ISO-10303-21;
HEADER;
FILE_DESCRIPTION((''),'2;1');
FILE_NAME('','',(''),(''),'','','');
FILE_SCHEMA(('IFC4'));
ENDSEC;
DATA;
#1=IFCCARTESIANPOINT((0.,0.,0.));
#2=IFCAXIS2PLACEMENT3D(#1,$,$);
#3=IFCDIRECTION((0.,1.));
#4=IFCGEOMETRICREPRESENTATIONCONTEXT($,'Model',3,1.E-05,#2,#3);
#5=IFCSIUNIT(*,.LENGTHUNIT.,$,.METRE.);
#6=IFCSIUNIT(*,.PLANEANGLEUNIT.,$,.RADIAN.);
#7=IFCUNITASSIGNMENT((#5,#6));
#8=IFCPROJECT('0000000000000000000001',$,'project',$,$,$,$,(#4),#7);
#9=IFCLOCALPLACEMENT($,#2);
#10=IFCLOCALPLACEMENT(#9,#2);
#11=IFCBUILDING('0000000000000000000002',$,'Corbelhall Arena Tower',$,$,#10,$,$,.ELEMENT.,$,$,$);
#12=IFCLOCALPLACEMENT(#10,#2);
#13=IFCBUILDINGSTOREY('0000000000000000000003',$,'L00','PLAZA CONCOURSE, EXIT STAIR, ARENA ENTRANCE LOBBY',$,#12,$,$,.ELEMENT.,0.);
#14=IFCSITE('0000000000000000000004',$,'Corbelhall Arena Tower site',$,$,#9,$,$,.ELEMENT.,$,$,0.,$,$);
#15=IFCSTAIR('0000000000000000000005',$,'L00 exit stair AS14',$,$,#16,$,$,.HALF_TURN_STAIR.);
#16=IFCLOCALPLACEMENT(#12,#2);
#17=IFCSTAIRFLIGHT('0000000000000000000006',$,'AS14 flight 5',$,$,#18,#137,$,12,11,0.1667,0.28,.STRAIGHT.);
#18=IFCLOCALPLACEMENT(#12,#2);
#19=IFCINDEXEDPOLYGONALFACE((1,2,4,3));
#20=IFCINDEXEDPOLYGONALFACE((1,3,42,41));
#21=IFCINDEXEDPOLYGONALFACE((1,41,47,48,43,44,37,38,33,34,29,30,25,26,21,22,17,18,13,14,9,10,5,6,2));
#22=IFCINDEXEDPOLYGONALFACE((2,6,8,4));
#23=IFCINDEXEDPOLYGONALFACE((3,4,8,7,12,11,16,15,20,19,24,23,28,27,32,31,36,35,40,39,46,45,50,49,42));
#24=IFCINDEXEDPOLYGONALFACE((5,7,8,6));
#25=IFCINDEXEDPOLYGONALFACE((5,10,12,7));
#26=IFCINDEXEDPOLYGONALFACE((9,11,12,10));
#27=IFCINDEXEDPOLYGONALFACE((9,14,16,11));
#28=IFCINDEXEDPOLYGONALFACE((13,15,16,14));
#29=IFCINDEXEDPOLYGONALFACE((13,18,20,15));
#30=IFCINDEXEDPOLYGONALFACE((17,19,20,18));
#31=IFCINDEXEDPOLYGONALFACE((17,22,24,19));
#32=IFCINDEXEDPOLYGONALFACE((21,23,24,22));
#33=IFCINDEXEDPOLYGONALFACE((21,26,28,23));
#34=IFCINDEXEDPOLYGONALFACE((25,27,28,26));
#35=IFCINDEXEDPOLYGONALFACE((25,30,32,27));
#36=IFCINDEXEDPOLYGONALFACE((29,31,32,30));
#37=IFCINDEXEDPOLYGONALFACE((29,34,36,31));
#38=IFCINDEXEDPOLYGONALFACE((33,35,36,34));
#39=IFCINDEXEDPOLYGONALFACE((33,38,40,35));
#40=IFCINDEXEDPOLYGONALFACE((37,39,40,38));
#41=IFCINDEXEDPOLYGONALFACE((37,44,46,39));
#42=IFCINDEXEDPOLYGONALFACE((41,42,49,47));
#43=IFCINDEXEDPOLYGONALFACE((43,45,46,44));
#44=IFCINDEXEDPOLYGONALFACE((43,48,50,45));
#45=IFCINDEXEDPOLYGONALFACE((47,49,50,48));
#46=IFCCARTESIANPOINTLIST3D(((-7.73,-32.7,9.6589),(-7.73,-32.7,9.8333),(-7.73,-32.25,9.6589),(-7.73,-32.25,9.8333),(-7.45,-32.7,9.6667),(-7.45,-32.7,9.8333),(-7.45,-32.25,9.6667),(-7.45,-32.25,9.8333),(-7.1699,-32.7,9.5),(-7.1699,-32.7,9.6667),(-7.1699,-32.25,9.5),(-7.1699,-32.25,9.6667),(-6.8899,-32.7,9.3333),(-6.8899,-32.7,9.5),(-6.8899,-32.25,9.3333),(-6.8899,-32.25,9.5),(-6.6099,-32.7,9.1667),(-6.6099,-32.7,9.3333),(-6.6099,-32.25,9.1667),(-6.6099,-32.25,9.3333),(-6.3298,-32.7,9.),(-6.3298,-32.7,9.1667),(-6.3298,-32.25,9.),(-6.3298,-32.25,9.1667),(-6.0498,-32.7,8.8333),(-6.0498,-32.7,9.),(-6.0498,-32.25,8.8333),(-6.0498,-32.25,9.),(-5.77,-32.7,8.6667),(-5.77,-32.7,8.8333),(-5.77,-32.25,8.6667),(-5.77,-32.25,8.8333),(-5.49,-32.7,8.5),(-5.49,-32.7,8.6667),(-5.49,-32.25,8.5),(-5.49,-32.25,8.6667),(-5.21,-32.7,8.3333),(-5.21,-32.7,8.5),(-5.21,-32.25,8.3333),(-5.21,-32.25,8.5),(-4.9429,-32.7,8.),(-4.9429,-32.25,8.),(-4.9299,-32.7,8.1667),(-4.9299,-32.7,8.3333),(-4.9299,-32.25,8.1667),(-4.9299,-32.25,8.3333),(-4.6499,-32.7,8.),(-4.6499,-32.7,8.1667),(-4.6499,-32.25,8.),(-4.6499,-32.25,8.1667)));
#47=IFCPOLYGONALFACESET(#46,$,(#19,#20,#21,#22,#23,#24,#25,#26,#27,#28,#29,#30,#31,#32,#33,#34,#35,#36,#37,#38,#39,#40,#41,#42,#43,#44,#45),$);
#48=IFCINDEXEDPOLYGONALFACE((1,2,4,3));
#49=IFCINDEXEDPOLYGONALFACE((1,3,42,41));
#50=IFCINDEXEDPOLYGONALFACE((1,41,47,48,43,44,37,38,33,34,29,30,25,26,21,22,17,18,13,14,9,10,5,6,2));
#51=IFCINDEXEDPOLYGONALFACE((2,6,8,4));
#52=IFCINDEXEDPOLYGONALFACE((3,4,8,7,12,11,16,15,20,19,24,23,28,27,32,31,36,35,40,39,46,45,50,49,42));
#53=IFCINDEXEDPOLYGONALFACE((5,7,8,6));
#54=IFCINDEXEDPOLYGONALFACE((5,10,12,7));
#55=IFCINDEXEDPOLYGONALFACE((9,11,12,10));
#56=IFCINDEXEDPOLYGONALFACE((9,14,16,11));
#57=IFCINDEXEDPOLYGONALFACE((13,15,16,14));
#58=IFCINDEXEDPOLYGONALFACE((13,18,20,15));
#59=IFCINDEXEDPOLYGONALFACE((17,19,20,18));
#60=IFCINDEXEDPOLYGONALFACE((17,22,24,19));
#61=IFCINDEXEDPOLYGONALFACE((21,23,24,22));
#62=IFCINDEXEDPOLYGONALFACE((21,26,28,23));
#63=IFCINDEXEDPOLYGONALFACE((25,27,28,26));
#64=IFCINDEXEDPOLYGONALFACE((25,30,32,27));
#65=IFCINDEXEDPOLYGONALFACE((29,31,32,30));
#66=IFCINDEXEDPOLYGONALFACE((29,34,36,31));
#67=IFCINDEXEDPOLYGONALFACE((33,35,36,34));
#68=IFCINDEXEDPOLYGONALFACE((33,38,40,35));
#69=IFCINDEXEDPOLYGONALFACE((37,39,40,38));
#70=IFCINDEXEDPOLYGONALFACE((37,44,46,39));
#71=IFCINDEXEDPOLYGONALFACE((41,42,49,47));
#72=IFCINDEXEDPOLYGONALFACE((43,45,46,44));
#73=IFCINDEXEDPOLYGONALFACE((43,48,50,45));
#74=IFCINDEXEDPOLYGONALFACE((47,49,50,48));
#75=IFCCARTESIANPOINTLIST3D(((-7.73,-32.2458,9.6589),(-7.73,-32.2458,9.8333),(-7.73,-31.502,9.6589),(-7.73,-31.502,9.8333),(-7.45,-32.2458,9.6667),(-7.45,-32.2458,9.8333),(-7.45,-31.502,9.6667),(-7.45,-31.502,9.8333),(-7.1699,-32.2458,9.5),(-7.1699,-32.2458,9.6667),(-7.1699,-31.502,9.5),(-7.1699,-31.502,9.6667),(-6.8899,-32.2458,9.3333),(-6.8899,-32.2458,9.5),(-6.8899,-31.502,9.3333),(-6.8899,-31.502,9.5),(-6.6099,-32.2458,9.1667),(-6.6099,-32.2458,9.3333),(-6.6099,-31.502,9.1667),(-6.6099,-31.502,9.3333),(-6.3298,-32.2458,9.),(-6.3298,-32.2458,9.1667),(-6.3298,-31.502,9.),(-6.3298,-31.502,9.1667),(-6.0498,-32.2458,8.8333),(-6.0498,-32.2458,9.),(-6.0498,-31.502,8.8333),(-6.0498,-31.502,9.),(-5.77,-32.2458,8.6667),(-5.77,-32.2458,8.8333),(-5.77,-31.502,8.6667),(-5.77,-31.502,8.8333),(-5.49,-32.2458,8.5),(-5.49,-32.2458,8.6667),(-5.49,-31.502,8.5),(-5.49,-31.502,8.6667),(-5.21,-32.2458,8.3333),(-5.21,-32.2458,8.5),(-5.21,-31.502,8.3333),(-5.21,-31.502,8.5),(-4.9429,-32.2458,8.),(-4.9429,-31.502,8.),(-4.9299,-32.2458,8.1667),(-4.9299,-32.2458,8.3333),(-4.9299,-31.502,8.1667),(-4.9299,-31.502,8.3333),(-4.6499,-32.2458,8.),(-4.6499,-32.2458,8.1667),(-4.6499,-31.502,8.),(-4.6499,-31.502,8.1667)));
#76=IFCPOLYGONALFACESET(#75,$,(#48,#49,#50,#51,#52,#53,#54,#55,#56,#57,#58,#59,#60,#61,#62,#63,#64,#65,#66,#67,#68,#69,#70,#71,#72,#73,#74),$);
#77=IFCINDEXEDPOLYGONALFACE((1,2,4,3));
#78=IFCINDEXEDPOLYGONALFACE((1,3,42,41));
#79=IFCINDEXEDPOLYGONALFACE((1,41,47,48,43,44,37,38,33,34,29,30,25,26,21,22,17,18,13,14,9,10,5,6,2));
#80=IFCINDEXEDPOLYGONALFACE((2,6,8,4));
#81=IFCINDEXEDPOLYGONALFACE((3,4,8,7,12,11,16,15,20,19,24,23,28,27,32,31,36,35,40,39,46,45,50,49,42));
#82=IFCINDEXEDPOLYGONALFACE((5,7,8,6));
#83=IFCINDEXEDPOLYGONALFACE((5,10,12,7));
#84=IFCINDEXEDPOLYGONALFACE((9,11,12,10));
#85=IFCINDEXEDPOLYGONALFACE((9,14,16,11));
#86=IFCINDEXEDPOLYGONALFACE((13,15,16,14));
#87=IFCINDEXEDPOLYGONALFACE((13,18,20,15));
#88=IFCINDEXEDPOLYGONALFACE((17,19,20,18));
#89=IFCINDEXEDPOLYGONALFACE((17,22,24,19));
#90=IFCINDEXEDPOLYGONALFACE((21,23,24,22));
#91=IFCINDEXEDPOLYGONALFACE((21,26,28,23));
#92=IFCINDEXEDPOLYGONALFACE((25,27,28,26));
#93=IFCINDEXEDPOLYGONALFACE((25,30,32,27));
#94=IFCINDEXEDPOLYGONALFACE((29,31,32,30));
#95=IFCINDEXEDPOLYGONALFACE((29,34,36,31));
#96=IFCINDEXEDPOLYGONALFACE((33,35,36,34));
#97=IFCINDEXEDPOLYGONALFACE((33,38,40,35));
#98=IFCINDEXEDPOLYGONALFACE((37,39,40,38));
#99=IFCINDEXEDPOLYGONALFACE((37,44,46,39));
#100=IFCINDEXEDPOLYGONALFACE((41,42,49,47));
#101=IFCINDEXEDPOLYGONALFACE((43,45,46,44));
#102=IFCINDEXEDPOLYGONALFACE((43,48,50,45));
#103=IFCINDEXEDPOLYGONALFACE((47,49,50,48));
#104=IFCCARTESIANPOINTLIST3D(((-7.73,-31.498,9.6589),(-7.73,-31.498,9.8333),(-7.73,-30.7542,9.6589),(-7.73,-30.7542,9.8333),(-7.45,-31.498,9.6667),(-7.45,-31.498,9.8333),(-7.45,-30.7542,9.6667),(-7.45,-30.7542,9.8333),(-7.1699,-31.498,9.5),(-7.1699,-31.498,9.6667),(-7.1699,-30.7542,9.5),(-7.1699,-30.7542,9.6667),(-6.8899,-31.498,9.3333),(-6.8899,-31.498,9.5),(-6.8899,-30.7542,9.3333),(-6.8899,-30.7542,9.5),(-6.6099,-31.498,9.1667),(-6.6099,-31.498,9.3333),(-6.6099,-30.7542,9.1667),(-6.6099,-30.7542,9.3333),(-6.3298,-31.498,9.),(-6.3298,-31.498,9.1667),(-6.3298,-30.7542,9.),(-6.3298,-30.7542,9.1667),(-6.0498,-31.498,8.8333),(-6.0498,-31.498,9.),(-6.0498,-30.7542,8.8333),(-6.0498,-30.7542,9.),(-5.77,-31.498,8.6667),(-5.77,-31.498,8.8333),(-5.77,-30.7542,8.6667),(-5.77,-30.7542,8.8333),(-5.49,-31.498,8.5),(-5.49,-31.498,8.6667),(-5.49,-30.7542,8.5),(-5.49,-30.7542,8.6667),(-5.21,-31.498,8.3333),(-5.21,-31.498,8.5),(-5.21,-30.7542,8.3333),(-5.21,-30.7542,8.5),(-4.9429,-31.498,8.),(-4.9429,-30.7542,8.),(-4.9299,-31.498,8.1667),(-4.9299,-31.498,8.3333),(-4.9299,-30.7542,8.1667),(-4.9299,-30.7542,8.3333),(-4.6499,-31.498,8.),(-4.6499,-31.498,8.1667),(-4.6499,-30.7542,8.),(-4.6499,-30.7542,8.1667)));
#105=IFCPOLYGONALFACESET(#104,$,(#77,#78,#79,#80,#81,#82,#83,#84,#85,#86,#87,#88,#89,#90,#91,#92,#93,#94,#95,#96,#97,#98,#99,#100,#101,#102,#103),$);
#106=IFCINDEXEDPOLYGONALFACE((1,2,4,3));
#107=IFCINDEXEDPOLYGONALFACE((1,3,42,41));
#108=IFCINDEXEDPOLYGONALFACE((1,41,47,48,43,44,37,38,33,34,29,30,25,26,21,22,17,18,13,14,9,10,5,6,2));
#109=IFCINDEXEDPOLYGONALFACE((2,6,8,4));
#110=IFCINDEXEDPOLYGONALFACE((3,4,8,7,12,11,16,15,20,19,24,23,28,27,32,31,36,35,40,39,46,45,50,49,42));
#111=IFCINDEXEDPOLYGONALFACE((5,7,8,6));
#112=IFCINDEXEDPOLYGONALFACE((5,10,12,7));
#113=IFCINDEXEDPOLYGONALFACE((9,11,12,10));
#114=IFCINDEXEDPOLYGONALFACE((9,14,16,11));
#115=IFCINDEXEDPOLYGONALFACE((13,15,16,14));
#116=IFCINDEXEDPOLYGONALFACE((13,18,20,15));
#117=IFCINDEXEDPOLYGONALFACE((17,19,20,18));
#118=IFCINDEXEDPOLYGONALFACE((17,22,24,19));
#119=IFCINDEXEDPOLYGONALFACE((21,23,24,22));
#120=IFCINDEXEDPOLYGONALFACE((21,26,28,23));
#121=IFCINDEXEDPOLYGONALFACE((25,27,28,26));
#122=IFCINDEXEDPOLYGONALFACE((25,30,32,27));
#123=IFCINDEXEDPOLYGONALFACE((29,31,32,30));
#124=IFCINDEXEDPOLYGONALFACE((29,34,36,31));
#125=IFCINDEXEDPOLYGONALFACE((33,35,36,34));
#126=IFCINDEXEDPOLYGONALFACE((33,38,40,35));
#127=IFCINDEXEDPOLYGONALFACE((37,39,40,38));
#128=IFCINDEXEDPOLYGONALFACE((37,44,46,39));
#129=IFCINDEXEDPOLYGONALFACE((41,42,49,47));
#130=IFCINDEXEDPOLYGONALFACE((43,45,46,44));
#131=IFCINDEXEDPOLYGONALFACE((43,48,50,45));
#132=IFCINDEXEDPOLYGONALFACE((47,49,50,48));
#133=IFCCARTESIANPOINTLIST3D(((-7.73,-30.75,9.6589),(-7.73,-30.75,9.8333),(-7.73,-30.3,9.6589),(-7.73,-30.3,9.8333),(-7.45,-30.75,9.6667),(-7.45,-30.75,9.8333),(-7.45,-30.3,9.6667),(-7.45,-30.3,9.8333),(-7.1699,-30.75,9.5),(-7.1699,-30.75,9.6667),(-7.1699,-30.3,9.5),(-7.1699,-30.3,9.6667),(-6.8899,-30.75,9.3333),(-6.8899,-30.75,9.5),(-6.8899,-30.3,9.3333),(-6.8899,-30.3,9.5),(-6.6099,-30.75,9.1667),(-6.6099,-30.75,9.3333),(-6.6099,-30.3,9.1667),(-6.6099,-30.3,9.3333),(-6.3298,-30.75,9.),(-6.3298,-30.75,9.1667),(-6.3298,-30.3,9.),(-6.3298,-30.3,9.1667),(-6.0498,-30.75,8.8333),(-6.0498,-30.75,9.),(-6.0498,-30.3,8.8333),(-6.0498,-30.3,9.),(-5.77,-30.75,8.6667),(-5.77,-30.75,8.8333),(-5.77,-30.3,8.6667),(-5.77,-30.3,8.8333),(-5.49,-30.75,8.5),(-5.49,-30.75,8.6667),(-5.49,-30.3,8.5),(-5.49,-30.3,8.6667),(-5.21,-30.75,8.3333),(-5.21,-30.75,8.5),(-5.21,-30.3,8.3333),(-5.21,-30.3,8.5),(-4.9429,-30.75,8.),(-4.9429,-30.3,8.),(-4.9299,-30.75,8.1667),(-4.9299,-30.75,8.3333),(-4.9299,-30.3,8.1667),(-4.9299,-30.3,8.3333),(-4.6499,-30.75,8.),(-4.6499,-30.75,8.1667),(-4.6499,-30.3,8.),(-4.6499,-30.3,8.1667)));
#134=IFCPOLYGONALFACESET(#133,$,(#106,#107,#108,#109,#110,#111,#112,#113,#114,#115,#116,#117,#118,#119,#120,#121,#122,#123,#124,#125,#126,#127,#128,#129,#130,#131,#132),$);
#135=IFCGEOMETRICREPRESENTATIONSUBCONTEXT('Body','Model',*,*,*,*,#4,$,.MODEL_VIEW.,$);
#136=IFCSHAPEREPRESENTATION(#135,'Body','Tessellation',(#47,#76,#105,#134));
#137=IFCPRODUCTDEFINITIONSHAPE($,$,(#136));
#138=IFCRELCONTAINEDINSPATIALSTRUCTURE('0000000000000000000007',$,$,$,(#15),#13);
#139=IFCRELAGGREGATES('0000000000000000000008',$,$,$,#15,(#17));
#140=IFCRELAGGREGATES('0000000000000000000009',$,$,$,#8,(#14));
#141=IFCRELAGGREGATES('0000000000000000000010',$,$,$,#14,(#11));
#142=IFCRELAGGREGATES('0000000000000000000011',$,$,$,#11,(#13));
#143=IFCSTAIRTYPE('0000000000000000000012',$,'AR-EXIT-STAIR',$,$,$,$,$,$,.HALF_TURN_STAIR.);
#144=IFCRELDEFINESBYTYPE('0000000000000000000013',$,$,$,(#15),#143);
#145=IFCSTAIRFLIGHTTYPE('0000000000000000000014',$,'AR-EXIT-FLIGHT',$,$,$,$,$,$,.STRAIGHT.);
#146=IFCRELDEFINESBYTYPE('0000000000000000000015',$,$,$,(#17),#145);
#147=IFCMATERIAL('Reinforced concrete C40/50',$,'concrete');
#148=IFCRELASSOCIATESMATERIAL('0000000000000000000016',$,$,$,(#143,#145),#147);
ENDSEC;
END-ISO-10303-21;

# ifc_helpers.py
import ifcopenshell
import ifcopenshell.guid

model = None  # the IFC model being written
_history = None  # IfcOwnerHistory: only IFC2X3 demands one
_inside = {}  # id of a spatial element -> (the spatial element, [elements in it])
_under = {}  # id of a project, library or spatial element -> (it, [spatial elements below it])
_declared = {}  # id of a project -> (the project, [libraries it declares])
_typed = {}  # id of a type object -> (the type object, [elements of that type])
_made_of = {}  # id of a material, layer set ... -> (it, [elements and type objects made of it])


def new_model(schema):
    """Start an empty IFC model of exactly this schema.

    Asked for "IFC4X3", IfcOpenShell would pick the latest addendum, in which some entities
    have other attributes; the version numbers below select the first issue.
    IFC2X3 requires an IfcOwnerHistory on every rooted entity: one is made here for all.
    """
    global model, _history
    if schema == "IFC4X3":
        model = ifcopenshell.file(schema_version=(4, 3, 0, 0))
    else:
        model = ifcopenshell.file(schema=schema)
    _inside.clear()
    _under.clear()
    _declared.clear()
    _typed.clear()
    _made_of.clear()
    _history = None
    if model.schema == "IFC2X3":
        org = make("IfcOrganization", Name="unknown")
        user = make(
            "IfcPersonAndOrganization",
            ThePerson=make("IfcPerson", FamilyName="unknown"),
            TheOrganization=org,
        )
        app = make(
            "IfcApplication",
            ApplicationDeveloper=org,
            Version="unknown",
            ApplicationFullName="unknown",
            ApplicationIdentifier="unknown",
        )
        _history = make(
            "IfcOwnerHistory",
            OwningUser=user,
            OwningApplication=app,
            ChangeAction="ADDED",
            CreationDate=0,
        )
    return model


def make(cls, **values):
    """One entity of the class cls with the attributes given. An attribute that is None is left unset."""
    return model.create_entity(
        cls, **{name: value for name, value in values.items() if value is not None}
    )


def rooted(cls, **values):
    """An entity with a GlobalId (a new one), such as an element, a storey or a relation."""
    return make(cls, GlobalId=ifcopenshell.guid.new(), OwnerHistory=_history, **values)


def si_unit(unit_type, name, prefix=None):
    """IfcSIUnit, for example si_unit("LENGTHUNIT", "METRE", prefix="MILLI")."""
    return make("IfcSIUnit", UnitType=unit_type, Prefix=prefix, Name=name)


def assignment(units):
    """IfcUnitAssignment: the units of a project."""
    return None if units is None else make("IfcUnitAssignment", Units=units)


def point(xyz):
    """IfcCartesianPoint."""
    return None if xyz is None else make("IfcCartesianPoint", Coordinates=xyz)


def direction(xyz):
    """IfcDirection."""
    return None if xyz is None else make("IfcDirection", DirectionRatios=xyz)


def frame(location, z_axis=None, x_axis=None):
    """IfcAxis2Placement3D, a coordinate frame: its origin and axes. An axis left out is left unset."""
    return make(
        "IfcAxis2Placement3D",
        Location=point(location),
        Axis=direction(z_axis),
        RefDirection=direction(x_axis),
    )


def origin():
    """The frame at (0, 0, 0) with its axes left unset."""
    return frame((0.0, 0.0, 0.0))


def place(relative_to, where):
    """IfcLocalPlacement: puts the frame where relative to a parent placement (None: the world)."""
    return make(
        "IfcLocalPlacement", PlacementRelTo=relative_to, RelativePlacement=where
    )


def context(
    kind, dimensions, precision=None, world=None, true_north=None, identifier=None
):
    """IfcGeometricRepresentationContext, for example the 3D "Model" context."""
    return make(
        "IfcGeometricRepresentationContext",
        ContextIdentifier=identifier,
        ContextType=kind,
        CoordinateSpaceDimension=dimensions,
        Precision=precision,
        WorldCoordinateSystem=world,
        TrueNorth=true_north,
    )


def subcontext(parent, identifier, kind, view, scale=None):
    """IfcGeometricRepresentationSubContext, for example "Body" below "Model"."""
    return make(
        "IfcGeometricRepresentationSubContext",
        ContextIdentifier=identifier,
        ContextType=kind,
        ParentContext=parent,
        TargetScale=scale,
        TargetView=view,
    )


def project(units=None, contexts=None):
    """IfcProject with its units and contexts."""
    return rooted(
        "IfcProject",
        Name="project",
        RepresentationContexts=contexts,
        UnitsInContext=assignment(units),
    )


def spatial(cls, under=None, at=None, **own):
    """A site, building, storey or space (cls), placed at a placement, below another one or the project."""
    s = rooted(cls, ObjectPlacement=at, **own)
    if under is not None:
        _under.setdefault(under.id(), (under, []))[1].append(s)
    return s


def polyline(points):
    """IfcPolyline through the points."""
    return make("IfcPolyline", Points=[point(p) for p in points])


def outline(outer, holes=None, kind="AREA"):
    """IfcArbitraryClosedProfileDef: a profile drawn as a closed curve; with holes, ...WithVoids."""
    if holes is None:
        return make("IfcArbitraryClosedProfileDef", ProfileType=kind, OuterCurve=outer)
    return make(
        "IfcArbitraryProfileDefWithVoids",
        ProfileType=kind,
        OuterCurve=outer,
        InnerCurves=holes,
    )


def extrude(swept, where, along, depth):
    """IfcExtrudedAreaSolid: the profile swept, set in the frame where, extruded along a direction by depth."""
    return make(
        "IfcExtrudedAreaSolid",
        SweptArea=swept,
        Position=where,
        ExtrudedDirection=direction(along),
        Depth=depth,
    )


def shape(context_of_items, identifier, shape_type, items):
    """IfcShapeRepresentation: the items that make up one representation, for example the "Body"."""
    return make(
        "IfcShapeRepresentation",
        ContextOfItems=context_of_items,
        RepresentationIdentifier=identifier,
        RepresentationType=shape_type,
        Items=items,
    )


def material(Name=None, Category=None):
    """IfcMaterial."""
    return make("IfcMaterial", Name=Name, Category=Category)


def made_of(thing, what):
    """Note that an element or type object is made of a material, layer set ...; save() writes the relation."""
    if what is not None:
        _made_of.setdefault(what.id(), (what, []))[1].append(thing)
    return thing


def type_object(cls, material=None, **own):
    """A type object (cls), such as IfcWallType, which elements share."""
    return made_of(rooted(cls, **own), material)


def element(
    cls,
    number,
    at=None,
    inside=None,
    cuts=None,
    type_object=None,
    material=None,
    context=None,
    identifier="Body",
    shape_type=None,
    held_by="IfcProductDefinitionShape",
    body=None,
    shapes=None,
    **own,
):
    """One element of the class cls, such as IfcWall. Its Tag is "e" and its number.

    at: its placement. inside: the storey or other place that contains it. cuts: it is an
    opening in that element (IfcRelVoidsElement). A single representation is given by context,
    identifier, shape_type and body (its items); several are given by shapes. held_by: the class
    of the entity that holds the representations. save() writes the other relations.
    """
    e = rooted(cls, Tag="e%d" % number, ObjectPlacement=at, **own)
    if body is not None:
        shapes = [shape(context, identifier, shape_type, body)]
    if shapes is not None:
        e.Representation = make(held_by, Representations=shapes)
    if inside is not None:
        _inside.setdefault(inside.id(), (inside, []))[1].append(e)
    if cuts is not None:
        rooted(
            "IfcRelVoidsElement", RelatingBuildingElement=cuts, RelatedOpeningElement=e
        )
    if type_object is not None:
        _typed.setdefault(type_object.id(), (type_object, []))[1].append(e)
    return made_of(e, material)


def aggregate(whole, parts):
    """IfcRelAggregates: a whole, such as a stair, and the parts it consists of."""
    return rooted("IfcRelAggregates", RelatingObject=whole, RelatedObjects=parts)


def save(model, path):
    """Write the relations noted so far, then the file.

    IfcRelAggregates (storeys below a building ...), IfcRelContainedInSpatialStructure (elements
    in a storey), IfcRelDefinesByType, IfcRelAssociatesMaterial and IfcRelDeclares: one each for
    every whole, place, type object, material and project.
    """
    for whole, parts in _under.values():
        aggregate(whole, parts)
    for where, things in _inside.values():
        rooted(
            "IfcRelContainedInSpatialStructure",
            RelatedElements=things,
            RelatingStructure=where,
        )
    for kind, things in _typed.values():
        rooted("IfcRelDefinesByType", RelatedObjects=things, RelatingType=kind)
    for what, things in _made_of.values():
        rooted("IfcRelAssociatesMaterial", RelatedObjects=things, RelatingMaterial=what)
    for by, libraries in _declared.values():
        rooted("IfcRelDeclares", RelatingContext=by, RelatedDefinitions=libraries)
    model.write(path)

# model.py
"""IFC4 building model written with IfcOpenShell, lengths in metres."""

from ifc_helpers import new_model, si_unit, direction, frame, origin, place, context, subcontext, project, spatial, polyline, outline, extrude, material, type_object, element, aggregate, save


model = new_model("IFC4")

# Units and contexts
model_context = context("Model", 3, precision=1e-05, world=origin(), true_north=direction((0.0, 1.0)))
body_context = subcontext(model_context, "Body", "Model", "MODEL_VIEW")
ifc_project = project(units=[si_unit("LENGTHUNIT", "METRE"), si_unit("PLANEANGLEUNIT", "RADIAN")], contexts=[model_context])

# Site, building, storey
site_placement = place(None, origin())
site = spatial("IfcSite", under=ifc_project, at=site_placement, Name="Corbelhall Arena Tower site", CompositionType="ELEMENT", RefElevation=0.0)
building_placement = place(site_placement, origin())
building = spatial("IfcBuilding", under=site, at=building_placement, Name="Corbelhall Arena Tower", CompositionType="ELEMENT")
storey_placement = place(building_placement, origin())
storey = spatial("IfcBuildingStorey", under=building, at=storey_placement, Name="L00", Description="PLAZA CONCOURSE, EXIT STAIR, ARENA ENTRANCE LOBBY", CompositionType="ELEMENT", Elevation=0.0)

# Shared definitions
ifc_material_1 = material(Name="Reinforced concrete C40/50", Category="concrete")

# Stair, stair flight
stair_type = type_object("IfcStairType", Name="AR-EXIT-STAIR", PredefinedType="HALF_TURN_STAIR", material=ifc_material_1)
stair_placement = place(storey_placement, origin())
stair = element("IfcStair", 1, at=stair_placement, inside=storey, type_object=stair_type, Name="L00 exit stair AS14", PredefinedType="HALF_TURN_STAIR")
stair_flight_type = type_object("IfcStairFlightType", Name="AR-EXIT-FLIGHT", PredefinedType="STRAIGHT", material=ifc_material_1)
stair_flight_1_placement = place(storey_placement, frame((-4.6499, -31.5, 8.0), z_axis=(0.0, 0.0, 1.0), x_axis=(-1.0, 0.0, 0.0)))
stair_flight_1 = element("IfcStairFlight", 2, at=stair_flight_1_placement, type_object=stair_flight_type, Name="AS14 flight 5", NumberOfRisers=12, NumberOfTreads=11, PredefinedType="STRAIGHT", RiserHeight=0.1667, TreadLength=0.28, context=body_context, shape_type="SweptSolid", body=[
    extrude(outline(polyline([(0.0, 0.0), (0.0, 0.1667), (0.28, 0.1667), (0.28, 0.3333), (0.5601, 0.3333), (0.5601, 0.5), (0.8401, 0.5), (0.8401, 0.6667), (1.1201, 0.6667), (1.1201, 0.8333), (1.3999, 0.8333), (1.3999, 1.0), (1.6799, 1.0), (1.6799, 1.1667), (1.96, 1.1667), (1.96, 1.3333), (2.24, 1.3333), (2.24, 1.5), (2.52, 1.5), (2.52, 1.6667), (2.8, 1.6667), (2.8, 1.8333), (3.0801, 1.8333), (3.0801, 2.0), (3.0801, 1.6589), (0.293, 0.0), (0.0, 0.0)])), frame((0.0, 1.2, 0.0), z_axis=(0.0, -1.0, 0.0), x_axis=(1.0, 0.0, 0.0)), (0.0, 0.0, 1.0), 0.45),
    extrude(outline(polyline([(0.0, 0.0), (0.0, 0.1667), (0.28, 0.1667), (0.28, 0.3333), (0.5601, 0.3333), (0.5601, 0.5), (0.8401, 0.5), (0.8401, 0.6667), (1.1201, 0.6667), (1.1201, 0.8333), (1.3999, 0.8333), (1.3999, 1.0), (1.6799, 1.0), (1.6799, 1.1667), (1.96, 1.1667), (1.96, 1.3333), (2.24, 1.3333), (2.24, 1.5), (2.52, 1.5), (2.52, 1.6667), (2.8, 1.6667), (2.8, 1.8333), (3.0801, 1.8333), (3.0801, 2.0), (3.0801, 1.6589), (0.293, 0.0), (0.0, 0.0)])), frame((0.0, 0.7458, 0.0), z_axis=(0.0, -1.0, 0.0), x_axis=(1.0, 0.0, 0.0)), (0.0, 0.0, 1.0), 0.7439),
    extrude(outline(polyline([(0.0, 0.0), (0.0, 0.1667), (0.28, 0.1667), (0.28, 0.3333), (0.5601, 0.3333), (0.5601, 0.5), (0.8401, 0.5), (0.8401, 0.6667), (1.1201, 0.6667), (1.1201, 0.8333), (1.3999, 0.8333), (1.3999, 1.0), (1.6799, 1.0), (1.6799, 1.1667), (1.96, 1.1667), (1.96, 1.3333), (2.24, 1.3333), (2.24, 1.5), (2.52, 1.5), (2.52, 1.6667), (2.8, 1.6667), (2.8, 1.8333), (3.0801, 1.8333), (3.0801, 2.0), (3.0801, 1.6589), (0.293, 0.0), (0.0, 0.0)])), frame((0.0, -0.002, 0.0), z_axis=(0.0, -1.0, 0.0), x_axis=(1.0, 0.0, 0.0)), (0.0, 0.0, 1.0), 0.7439),
    extrude(outline(polyline([(0.0, 0.0), (0.0, 0.1667), (0.28, 0.1667), (0.28, 0.3333), (0.5601, 0.3333), (0.5601, 0.5), (0.8401, 0.5), (0.8401, 0.6667), (1.1201, 0.6667), (1.1201, 0.8333), (1.3999, 0.8333), (1.3999, 1.0), (1.6799, 1.0), (1.6799, 1.1667), (1.96, 1.1667), (1.96, 1.3333), (2.24, 1.3333), (2.24, 1.5), (2.52, 1.5), (2.52, 1.6667), (2.8, 1.6667), (2.8, 1.8333), (3.0801, 1.8333), (3.0801, 2.0), (3.0801, 1.6589), (0.293, 0.0), (0.0, 0.0)])), frame((0.0, -0.75, 0.0), z_axis=(0.0, -1.0, 0.0), x_axis=(1.0, 0.0, 0.0)), (0.0, 0.0, 1.0), 0.45),
])
aggregate(stair, [stair_flight_1])

save(model, "model.ifc")
